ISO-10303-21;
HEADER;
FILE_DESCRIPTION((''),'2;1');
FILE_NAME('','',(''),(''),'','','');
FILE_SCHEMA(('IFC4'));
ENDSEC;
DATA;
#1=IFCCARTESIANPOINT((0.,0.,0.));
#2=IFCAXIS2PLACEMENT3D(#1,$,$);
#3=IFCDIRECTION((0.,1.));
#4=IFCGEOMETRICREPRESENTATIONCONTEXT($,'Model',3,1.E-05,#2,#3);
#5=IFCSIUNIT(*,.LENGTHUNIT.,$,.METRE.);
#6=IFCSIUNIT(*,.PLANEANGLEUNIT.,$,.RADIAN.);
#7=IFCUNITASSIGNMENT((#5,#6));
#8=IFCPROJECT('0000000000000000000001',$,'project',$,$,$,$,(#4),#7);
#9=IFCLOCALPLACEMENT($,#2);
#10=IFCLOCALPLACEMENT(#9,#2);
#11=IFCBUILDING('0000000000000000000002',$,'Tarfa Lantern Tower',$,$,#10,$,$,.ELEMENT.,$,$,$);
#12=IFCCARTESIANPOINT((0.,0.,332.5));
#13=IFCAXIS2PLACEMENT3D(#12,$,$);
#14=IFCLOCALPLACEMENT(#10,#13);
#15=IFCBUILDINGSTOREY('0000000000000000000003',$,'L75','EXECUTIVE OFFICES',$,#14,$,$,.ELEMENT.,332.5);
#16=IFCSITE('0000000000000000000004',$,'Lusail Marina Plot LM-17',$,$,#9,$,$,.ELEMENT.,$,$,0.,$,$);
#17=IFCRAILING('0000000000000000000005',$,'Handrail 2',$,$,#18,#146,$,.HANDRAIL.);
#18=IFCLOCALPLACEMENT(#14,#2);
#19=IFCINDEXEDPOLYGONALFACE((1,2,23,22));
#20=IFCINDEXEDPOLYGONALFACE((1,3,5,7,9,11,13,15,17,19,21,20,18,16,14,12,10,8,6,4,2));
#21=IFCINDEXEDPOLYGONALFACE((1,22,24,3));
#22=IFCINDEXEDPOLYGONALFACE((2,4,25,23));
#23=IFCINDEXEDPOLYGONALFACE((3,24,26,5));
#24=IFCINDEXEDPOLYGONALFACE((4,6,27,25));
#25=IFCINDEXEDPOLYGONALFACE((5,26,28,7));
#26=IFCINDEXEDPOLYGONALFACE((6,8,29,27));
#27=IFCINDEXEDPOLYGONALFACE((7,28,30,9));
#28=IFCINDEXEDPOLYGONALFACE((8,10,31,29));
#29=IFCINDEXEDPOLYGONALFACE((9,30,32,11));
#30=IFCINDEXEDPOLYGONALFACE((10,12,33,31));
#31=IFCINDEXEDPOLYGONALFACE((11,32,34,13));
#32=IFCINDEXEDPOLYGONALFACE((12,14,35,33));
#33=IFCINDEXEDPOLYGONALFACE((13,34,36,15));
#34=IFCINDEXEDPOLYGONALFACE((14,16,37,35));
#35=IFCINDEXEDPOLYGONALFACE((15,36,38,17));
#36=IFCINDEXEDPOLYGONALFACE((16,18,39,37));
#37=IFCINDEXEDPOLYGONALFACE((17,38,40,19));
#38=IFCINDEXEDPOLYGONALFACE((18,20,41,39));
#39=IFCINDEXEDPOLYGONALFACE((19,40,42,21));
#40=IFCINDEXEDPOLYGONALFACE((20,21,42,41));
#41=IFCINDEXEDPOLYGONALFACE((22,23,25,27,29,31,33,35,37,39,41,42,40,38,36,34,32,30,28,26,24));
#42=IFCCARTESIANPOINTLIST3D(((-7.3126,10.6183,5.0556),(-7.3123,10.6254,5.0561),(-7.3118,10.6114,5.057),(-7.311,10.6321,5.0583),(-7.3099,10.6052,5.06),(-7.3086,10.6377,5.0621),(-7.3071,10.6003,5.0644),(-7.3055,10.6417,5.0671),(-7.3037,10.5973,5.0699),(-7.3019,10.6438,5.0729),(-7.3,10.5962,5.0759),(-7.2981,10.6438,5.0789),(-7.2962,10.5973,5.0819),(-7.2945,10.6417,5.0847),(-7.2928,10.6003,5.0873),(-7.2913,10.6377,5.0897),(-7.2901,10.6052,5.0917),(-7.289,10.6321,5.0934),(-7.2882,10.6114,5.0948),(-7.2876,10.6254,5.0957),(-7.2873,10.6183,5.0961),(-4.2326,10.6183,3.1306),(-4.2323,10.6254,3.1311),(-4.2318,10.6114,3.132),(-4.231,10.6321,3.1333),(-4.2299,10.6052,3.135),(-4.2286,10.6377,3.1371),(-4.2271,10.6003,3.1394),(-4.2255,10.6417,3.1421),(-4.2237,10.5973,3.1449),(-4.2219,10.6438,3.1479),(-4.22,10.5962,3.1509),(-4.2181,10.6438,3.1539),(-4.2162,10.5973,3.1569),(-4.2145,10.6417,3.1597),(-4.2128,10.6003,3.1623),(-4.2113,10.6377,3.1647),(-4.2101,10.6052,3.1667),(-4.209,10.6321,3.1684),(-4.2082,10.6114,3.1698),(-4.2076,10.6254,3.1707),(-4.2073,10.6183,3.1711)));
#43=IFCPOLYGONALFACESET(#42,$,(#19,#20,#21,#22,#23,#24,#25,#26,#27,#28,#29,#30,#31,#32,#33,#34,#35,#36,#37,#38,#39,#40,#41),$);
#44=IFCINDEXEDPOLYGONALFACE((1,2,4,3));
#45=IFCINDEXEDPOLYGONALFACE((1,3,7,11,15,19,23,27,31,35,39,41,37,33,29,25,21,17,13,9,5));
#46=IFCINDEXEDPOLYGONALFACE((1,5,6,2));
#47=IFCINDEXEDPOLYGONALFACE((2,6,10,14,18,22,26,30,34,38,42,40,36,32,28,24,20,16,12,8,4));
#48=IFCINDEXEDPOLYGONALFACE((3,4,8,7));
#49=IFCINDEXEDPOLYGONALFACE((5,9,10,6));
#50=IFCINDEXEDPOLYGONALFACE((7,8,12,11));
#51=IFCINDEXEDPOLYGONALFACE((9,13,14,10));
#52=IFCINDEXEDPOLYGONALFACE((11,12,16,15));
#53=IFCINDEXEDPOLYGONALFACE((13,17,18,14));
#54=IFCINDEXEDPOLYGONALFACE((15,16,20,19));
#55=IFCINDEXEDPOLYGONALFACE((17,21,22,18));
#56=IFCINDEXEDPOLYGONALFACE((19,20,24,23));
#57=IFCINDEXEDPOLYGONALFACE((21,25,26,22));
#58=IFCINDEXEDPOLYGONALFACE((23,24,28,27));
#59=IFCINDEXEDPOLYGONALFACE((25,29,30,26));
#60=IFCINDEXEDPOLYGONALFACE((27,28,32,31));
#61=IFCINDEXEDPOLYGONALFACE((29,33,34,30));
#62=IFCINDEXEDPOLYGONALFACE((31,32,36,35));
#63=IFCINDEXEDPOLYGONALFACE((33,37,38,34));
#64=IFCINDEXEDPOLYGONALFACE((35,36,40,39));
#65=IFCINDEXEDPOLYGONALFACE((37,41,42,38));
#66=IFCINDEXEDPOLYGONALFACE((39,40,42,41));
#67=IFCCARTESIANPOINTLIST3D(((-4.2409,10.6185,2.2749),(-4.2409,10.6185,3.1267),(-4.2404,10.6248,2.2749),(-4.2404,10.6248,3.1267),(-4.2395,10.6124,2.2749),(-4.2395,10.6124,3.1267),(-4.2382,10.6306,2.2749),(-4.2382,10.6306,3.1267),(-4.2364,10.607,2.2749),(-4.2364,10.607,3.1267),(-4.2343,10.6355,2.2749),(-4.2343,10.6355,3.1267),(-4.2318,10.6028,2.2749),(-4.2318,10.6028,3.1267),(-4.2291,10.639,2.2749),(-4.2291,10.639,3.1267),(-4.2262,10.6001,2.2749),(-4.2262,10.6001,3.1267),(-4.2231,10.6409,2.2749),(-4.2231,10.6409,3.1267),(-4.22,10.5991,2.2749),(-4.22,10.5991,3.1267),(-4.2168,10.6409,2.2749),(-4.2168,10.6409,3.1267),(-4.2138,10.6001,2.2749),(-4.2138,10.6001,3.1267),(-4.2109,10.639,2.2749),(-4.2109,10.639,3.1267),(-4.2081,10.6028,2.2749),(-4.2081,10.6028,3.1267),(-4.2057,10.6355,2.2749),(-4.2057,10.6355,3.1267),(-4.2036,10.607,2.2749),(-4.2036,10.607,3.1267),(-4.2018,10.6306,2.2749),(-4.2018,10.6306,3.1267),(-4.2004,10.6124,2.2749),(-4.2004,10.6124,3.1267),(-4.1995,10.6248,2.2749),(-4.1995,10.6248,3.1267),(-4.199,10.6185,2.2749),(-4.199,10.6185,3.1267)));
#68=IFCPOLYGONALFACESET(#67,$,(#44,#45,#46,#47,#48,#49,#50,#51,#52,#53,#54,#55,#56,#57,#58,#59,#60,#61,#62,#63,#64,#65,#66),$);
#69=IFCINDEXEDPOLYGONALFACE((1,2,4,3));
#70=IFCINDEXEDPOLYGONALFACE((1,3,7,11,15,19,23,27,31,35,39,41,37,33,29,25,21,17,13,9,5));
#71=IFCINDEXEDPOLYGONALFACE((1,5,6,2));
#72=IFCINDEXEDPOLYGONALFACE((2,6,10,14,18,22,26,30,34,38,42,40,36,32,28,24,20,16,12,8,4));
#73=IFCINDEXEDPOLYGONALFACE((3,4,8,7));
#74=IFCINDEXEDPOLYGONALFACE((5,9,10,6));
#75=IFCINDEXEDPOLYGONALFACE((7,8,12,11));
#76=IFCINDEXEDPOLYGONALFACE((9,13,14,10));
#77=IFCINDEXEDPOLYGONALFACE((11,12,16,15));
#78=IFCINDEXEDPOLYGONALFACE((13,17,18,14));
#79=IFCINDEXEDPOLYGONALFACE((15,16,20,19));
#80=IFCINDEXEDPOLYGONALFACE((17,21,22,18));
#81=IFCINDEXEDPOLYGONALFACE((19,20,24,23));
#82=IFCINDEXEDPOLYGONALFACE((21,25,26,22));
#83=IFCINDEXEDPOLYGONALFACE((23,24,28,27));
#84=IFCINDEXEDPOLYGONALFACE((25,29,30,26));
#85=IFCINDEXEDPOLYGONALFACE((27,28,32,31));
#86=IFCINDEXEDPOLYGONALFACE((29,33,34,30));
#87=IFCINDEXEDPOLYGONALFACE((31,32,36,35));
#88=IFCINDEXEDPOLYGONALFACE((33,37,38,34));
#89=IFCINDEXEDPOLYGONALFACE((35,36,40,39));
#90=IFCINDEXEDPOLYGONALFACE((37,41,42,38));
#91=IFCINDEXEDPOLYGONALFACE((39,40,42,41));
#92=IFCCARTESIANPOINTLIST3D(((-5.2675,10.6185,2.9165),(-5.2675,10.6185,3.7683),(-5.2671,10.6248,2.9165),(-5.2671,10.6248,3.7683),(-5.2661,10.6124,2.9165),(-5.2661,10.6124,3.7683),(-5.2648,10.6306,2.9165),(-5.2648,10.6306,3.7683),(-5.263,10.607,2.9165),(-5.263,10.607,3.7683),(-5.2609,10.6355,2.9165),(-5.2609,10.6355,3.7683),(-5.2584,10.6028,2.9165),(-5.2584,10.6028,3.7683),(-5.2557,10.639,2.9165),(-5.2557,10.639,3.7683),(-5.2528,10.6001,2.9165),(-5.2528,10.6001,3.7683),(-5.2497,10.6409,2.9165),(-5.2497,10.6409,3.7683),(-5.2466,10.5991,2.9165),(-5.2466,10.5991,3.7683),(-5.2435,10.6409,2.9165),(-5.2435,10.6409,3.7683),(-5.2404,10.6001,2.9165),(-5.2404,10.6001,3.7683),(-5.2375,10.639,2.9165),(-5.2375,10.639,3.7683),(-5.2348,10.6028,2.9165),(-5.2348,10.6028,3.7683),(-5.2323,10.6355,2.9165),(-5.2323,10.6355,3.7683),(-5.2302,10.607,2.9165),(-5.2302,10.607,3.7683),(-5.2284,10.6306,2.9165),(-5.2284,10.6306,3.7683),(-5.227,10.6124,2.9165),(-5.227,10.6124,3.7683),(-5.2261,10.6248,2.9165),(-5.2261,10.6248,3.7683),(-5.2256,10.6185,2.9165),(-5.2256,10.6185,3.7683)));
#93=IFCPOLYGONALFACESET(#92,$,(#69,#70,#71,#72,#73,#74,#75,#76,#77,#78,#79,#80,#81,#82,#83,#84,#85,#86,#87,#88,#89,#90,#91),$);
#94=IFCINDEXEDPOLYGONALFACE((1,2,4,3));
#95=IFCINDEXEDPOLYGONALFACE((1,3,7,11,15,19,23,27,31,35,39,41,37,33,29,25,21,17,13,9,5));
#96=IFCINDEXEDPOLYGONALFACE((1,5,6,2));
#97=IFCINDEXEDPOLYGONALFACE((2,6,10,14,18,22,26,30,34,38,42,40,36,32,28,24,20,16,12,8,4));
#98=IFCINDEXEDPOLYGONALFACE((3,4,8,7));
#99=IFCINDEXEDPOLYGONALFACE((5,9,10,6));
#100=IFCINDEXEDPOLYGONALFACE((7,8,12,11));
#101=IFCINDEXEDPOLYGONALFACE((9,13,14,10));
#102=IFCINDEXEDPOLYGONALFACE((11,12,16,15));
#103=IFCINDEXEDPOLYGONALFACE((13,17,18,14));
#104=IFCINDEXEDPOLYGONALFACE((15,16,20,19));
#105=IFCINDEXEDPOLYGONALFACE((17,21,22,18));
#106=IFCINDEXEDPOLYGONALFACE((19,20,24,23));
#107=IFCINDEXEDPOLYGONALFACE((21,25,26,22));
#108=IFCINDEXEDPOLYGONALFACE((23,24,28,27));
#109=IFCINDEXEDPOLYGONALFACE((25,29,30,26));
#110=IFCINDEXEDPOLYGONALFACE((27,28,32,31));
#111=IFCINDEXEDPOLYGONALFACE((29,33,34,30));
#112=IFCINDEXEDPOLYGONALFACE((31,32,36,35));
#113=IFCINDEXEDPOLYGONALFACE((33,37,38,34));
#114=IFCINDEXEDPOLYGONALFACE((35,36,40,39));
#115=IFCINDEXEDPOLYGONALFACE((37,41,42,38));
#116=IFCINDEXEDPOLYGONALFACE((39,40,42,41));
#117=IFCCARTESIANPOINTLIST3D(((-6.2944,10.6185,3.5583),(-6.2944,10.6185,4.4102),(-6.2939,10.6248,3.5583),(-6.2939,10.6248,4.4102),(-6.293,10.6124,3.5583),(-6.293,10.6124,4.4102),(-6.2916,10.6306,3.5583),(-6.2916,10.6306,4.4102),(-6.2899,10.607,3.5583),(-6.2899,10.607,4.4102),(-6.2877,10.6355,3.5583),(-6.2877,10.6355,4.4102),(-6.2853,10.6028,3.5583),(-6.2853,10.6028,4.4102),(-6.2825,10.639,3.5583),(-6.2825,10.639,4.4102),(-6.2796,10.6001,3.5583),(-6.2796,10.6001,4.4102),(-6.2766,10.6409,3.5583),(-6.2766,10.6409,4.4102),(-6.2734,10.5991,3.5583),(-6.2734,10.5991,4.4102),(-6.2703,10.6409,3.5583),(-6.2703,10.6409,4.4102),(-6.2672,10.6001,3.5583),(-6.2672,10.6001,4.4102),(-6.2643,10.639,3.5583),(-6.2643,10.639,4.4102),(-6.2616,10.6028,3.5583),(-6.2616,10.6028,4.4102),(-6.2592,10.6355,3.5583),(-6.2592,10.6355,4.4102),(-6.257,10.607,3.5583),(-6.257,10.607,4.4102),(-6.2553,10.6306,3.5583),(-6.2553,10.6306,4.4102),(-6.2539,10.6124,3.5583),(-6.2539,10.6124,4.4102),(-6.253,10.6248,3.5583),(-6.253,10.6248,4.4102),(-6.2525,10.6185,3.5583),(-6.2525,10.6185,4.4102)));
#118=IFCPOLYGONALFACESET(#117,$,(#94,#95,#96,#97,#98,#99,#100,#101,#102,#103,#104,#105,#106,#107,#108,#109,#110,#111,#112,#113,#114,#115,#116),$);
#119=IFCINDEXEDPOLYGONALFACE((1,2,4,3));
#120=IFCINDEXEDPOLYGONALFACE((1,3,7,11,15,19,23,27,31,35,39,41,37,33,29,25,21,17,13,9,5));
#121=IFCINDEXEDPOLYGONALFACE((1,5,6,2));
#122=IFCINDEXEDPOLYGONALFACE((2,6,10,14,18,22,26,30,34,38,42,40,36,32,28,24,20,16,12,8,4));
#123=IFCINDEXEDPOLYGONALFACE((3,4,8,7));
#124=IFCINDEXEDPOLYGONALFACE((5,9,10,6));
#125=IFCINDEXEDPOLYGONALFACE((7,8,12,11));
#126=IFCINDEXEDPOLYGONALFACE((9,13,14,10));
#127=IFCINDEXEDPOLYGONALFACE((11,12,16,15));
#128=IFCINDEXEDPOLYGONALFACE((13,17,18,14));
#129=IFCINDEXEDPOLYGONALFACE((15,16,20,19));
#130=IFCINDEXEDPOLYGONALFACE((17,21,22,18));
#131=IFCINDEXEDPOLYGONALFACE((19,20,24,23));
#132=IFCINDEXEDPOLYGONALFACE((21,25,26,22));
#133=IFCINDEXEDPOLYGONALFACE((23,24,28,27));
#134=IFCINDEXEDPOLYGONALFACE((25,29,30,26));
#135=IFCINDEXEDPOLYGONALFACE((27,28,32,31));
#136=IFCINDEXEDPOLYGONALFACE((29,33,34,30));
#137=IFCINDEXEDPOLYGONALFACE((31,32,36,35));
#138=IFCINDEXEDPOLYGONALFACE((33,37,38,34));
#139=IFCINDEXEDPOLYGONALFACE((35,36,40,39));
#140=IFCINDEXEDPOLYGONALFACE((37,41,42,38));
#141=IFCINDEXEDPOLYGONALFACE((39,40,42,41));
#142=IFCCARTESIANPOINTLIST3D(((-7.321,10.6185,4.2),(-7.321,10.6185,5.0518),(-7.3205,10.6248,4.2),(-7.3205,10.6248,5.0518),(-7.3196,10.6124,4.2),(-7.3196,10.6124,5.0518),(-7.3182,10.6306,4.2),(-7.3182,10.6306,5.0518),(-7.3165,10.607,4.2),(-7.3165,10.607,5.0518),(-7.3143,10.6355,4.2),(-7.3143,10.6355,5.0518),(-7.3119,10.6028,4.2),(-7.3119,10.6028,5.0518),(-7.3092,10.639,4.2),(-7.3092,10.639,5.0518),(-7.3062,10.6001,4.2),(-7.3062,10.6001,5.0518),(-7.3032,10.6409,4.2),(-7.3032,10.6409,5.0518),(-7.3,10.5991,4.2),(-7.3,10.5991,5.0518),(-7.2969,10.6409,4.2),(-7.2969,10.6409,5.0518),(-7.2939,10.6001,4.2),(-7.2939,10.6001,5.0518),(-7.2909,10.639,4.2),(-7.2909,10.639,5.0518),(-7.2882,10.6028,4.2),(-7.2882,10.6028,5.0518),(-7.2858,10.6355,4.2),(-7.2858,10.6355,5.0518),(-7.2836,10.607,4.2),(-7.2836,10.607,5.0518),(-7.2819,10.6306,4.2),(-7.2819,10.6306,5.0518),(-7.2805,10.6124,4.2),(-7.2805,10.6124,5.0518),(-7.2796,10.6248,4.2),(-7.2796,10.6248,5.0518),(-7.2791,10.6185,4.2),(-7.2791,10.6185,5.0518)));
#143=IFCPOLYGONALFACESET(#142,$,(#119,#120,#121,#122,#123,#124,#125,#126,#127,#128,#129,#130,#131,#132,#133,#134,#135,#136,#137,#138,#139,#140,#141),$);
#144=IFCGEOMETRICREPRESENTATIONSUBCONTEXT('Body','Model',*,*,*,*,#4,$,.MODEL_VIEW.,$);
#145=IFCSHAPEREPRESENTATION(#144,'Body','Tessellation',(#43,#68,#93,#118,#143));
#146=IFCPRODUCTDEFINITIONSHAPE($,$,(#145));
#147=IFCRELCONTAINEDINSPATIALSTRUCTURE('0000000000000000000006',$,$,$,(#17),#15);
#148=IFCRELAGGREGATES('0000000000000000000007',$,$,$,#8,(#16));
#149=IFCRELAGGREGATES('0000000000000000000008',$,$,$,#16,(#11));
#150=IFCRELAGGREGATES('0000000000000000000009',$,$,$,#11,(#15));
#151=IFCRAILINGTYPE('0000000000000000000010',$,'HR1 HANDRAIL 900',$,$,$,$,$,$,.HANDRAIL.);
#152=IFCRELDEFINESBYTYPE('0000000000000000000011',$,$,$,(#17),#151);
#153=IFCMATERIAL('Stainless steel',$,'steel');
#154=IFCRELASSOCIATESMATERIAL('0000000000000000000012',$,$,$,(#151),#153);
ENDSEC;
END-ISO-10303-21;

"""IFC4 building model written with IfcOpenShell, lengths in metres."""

from ifc_helpers import new_model, si_unit, direction, frame, origin, origin_2d, place, context, subcontext, project, spatial, circle, extrude, material, type_object, element, save


model = new_model("IFC4")

# Units and contexts
model_context = context("Model", 3, precision=1e-05, world=origin(), true_north=direction((0.0, 1.0)))
body_context = subcontext(model_context, "Body", "Model", "MODEL_VIEW")
ifc_project = project(units=[si_unit("LENGTHUNIT", "METRE"), si_unit("PLANEANGLEUNIT", "RADIAN")], contexts=[model_context])

# Site, building, storey
site_placement = place(None, origin())
site = spatial("IfcSite", under=ifc_project, at=site_placement, Name="Lusail Marina Plot LM-17", CompositionType="ELEMENT", RefElevation=0.0)
building_placement = place(site_placement, origin())
building = spatial("IfcBuilding", under=site, at=building_placement, Name="Tarfa Lantern Tower", CompositionType="ELEMENT")
storey_placement = place(building_placement, frame((0.0, 0.0, 332.5)))
storey = spatial("IfcBuildingStorey", under=building, at=storey_placement, Name="L75", Description="EXECUTIVE OFFICES", CompositionType="ELEMENT", Elevation=332.5)

# Railing
ifc_material_1 = material(Name="Stainless steel", Category="steel")
railing_type = type_object("IfcRailingType", Name="HR1 HANDRAIL 900", PredefinedType="HANDRAIL", material=ifc_material_1)
railing_1_placement = place(storey_placement, frame((-4.22, 10.6201, 2.2749)))
element("IfcRailing", 1, at=railing_1_placement, inside=storey, type_object=railing_type, Name="Handrail 2", PredefinedType="HANDRAIL", context=body_context, shape_type="SweptSolid", body=[
    extrude(circle(Radius=0.0239, at=origin_2d()), frame((0.0, 0.0, 0.876), z_axis=(-0.847998, 0.0, 0.529999), x_axis=(0.0, -1.0, 0.0)), (0.0, 0.0, 1.0), 3.6321),
    extrude(circle(Radius=0.021, at=origin_2d()), frame((0.0, 0.0, 0.0), z_axis=(0.0, 0.0, 1.0), x_axis=(0.0, -1.0, 0.0)), (0.0, 0.0, 1.0), 0.8518),
    extrude(circle(Radius=0.021, at=origin_2d()), frame((-1.0266, 0.0, 0.6416), z_axis=(0.0, 0.0, 1.0), x_axis=(0.0, -1.0, 0.0)), (0.0, 0.0, 1.0), 0.8518),
    extrude(circle(Radius=0.021, at=origin_2d()), frame((-2.0535, 0.0, 1.2834), z_axis=(0.0, 0.0, 1.0), x_axis=(0.0, -1.0, 0.0)), (0.0, 0.0, 1.0), 0.8518),
    extrude(circle(Radius=0.021, at=origin_2d()), frame((-3.0801, 0.0, 1.925), z_axis=(0.0, 0.0, 1.0), x_axis=(0.0, -1.0, 0.0)), (0.0, 0.0, 1.0), 0.8518),
])

save(model, "model.ifc")
